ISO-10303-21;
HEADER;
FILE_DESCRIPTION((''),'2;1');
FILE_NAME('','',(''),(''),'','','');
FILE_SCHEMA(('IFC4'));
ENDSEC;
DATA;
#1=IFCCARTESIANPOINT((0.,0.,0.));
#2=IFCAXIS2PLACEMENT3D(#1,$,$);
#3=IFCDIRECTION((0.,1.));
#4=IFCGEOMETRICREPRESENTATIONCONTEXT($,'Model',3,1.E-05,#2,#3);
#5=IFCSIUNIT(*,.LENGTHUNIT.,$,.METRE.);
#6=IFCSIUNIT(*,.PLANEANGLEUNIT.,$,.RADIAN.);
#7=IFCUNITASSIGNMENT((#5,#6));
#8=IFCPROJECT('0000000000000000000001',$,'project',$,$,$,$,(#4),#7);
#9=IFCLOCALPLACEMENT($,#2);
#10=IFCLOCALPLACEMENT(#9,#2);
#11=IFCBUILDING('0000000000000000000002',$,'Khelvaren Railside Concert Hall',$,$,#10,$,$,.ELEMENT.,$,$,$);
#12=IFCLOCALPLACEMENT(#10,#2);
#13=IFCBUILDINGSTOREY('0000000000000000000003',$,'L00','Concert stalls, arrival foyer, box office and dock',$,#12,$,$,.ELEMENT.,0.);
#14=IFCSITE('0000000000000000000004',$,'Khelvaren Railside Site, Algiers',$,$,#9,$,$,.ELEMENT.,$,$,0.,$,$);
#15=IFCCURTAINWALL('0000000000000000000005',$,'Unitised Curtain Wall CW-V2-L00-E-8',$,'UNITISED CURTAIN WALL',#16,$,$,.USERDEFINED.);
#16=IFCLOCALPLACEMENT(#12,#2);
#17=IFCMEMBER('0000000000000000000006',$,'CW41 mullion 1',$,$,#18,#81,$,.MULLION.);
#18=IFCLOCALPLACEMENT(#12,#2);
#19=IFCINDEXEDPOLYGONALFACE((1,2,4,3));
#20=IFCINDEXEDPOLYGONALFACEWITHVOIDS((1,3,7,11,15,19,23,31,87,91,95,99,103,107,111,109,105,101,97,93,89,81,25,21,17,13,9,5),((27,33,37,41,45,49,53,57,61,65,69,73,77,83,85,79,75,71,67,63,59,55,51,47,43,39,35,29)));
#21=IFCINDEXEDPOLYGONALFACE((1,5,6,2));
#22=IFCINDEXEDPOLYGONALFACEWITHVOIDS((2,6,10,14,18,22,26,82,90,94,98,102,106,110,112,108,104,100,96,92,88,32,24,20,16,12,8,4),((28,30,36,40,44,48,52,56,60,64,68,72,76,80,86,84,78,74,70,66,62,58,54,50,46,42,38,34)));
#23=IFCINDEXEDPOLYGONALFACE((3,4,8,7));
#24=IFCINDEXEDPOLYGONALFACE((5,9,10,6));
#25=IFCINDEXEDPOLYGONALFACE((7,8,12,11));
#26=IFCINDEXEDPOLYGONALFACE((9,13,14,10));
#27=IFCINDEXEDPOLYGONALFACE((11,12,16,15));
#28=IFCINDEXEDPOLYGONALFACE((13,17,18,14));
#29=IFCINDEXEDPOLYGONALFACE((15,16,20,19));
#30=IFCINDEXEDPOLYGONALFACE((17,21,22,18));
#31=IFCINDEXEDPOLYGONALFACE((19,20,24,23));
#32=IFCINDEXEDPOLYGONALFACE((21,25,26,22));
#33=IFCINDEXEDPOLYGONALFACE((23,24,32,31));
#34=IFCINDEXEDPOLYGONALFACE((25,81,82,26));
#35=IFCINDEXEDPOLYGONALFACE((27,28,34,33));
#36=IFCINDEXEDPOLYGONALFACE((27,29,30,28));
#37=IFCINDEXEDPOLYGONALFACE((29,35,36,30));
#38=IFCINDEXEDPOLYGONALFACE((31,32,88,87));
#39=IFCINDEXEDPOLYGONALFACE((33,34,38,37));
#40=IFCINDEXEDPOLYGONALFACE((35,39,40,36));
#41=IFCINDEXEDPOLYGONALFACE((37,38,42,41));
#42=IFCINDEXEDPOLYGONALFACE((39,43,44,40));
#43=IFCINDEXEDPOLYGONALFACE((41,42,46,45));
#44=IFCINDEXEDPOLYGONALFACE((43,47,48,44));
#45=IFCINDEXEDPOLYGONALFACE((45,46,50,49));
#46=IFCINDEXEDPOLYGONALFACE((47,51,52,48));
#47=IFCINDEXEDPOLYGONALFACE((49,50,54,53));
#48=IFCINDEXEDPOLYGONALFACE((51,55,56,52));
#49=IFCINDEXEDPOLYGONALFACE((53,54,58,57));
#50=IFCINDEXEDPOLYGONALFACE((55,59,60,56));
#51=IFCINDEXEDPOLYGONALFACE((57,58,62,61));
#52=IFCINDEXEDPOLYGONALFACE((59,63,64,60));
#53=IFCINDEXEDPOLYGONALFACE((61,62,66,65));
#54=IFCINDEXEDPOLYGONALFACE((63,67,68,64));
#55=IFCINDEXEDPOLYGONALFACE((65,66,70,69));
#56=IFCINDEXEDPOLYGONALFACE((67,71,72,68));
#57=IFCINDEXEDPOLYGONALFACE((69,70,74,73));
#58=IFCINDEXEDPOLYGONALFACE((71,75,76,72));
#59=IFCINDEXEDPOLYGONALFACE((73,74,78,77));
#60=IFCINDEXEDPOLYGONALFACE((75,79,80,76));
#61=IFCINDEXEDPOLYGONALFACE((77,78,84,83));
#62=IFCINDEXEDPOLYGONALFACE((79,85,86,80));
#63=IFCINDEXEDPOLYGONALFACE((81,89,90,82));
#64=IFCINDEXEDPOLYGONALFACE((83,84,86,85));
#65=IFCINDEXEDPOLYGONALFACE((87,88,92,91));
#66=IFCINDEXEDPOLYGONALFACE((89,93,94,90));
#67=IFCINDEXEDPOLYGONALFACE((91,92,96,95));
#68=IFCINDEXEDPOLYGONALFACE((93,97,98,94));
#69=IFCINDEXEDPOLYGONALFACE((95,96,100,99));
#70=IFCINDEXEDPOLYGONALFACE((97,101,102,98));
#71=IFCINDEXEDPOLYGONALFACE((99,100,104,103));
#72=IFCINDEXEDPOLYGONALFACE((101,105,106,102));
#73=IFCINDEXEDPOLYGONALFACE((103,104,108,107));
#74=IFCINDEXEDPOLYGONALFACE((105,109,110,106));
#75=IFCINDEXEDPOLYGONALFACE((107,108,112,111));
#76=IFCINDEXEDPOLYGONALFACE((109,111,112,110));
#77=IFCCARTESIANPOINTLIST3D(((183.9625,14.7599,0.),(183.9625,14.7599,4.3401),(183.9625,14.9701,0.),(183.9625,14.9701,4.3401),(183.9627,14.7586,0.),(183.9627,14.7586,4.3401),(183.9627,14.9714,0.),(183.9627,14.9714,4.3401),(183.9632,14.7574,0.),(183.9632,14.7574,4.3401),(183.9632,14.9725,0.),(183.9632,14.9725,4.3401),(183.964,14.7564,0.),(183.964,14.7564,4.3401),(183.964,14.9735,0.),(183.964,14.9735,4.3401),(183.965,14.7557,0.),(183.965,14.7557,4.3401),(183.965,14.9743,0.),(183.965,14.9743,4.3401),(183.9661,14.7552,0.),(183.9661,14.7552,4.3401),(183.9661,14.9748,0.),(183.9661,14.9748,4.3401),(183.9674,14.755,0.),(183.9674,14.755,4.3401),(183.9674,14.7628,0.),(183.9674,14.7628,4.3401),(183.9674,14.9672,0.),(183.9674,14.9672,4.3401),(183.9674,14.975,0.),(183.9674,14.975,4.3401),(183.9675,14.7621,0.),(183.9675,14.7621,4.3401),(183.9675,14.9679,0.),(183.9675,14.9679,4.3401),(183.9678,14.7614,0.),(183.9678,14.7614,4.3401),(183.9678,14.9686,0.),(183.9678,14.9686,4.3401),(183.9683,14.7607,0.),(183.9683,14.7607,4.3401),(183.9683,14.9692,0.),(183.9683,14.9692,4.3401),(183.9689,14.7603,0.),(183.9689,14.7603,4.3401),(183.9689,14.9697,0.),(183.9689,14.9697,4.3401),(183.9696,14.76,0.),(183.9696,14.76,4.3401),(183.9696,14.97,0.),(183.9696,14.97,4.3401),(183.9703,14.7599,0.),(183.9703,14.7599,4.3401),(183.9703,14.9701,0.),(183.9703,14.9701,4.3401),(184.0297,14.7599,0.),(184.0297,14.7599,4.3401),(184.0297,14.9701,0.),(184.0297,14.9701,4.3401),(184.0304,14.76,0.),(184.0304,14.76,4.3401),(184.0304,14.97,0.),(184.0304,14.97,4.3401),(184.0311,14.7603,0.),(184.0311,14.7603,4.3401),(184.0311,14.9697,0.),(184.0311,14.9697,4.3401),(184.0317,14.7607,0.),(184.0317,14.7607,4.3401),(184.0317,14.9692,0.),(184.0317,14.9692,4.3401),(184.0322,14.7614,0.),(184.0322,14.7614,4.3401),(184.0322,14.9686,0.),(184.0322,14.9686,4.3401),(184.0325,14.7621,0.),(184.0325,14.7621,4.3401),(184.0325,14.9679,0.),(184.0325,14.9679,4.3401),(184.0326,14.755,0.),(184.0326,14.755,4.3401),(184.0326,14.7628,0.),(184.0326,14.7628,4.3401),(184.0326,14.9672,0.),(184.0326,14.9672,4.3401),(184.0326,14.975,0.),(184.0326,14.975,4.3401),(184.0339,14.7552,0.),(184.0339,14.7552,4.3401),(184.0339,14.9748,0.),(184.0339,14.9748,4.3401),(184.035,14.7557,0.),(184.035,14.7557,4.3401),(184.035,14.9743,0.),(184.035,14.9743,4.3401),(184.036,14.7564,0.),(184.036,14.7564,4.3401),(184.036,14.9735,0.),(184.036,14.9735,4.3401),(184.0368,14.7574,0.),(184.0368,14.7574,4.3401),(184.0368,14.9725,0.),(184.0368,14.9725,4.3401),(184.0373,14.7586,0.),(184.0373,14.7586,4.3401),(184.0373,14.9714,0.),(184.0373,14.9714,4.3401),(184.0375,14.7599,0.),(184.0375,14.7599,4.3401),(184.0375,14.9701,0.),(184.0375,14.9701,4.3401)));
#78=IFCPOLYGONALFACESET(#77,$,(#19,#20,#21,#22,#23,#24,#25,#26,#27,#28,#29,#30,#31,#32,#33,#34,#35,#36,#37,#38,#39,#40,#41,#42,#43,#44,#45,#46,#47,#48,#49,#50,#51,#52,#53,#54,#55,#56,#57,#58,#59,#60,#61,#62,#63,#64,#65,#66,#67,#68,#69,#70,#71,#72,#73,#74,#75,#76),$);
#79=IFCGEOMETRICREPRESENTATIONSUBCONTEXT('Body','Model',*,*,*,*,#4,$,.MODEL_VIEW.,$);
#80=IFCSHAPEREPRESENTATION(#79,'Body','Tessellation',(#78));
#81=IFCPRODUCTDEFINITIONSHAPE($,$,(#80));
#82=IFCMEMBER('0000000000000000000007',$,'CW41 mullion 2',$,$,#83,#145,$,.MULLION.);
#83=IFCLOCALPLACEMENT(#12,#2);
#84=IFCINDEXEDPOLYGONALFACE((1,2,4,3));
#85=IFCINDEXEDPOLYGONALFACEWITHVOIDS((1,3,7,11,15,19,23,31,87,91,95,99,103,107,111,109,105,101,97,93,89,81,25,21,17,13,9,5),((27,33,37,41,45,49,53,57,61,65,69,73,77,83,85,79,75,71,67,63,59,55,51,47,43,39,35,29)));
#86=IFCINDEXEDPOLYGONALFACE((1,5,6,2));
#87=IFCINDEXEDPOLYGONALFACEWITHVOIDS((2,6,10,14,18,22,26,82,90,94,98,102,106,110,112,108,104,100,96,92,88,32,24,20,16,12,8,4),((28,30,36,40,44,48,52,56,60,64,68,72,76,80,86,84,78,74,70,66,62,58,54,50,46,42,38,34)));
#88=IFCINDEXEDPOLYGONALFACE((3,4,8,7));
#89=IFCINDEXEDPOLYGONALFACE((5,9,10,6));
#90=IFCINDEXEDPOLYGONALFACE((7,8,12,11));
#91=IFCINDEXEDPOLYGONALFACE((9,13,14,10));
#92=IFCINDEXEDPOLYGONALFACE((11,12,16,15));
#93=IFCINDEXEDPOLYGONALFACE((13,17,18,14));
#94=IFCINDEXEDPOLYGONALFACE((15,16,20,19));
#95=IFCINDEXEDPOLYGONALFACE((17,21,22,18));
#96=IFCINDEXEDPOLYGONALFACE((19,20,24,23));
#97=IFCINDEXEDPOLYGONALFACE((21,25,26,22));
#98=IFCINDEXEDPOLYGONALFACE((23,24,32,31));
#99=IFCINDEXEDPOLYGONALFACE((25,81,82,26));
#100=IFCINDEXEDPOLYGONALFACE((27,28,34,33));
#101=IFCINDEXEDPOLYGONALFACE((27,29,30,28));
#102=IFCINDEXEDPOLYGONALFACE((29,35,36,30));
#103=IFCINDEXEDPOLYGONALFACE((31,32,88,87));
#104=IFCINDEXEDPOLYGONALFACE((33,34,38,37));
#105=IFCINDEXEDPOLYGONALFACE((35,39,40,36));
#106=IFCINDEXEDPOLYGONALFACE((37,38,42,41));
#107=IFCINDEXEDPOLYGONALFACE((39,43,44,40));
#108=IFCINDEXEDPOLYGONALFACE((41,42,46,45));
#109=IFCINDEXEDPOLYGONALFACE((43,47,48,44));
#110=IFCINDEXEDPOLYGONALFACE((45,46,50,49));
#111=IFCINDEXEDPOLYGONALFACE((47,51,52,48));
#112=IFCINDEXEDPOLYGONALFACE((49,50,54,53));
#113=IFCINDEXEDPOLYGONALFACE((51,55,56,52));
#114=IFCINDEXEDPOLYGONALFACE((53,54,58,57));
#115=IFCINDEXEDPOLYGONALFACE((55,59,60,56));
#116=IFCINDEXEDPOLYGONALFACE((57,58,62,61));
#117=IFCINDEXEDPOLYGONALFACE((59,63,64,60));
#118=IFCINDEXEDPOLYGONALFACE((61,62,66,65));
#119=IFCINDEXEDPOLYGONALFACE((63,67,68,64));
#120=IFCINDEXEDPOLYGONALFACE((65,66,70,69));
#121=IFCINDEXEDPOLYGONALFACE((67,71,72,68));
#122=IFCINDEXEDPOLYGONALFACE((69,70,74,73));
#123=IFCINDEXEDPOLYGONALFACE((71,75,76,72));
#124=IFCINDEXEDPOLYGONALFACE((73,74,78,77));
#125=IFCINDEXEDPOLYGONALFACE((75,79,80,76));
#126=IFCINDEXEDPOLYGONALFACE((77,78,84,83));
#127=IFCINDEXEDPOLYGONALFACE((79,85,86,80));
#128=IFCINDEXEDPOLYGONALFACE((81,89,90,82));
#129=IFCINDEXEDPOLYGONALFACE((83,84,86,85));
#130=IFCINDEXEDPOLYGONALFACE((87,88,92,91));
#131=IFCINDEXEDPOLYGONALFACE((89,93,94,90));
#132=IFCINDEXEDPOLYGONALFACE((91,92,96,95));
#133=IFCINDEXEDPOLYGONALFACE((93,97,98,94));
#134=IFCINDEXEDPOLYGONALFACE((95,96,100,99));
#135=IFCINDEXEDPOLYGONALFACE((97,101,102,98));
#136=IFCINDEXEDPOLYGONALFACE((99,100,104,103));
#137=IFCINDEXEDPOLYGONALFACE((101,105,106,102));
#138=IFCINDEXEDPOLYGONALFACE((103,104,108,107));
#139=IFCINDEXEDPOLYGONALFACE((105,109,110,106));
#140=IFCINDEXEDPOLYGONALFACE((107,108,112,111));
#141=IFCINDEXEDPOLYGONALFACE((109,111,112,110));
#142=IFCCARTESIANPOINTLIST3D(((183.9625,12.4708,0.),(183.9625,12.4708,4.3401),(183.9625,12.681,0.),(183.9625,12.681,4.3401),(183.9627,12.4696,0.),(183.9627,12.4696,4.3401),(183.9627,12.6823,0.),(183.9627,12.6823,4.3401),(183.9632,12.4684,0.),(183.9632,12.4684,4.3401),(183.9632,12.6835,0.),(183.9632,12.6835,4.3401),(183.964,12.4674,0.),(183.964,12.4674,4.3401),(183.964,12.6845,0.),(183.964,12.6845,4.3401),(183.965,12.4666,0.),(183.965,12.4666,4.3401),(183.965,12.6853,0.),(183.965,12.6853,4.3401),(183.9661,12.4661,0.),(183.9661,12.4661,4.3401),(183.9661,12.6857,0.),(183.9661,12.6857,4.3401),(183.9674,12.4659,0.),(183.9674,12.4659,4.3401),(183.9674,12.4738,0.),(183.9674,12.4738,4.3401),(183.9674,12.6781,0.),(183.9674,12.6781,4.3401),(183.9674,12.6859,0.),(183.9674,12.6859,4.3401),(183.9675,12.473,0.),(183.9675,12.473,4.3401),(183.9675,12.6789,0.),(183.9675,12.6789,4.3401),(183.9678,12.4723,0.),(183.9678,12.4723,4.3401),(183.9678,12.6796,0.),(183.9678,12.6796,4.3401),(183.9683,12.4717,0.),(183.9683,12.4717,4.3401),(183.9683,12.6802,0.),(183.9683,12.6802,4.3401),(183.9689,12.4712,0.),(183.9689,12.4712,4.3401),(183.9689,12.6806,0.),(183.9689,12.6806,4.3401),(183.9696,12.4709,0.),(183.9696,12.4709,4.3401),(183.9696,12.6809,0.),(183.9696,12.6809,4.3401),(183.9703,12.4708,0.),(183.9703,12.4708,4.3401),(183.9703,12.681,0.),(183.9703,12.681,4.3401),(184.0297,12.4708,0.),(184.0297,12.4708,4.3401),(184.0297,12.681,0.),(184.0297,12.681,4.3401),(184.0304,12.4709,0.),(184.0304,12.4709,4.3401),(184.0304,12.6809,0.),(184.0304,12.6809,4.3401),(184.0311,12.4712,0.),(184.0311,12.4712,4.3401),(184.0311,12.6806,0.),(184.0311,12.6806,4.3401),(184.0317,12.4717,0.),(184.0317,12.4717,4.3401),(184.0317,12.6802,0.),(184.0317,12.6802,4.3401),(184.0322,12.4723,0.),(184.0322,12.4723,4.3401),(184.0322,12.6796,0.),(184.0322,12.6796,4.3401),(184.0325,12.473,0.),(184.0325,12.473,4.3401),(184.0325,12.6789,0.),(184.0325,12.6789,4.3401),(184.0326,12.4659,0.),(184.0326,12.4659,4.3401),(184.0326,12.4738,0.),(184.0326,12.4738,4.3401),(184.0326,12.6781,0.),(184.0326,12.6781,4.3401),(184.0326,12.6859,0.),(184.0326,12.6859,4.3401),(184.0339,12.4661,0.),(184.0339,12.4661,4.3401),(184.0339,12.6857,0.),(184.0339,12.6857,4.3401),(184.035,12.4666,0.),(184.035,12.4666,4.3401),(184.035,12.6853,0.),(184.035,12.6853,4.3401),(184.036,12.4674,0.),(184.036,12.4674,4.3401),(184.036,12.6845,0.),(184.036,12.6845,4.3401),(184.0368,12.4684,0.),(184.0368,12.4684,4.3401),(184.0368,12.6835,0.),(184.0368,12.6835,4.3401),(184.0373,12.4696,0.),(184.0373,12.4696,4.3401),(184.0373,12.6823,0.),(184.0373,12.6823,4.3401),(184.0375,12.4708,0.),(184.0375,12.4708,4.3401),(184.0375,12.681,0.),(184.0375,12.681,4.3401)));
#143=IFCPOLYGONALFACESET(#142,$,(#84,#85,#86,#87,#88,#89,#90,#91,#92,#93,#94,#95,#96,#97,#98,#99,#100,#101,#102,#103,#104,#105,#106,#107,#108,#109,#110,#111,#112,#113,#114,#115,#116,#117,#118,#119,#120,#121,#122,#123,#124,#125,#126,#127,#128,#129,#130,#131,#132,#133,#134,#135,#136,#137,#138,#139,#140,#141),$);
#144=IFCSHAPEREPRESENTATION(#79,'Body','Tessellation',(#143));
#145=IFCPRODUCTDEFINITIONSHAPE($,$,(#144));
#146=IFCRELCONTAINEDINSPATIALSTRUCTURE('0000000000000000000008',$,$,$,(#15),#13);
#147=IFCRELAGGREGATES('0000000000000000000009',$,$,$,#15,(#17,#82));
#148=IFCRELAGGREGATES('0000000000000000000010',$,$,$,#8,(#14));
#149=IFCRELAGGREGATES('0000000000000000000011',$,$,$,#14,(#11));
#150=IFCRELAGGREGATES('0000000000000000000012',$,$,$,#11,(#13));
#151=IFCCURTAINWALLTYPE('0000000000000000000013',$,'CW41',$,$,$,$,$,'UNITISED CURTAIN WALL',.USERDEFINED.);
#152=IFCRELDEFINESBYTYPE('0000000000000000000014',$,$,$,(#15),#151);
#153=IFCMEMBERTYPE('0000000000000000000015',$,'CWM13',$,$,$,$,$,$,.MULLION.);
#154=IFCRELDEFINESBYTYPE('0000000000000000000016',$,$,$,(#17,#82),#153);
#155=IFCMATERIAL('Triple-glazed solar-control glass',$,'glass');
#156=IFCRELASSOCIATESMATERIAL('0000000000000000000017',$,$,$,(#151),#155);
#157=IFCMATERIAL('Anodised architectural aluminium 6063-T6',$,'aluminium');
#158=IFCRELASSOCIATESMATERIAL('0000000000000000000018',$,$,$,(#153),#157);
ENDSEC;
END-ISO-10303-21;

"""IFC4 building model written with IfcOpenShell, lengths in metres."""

from ifc_helpers import new_model, si_unit, direction, frame, origin, origin_2d, place, context, subcontext, project, spatial, hollow_rectangle, extrude, material, material_profile, profile_set, type_object, element, aggregate, save


model = new_model("IFC4")

# Units and contexts
model_context = context("Model", 3, precision=1e-05, world=origin(), true_north=direction((0.0, 1.0)))
body_context = subcontext(model_context, "Body", "Model", "MODEL_VIEW")
ifc_project = project(units=[si_unit("LENGTHUNIT", "METRE"), si_unit("PLANEANGLEUNIT", "RADIAN")], contexts=[model_context])

# Site, building, storey
site_placement = place(None, origin())
site = spatial("IfcSite", under=ifc_project, at=site_placement, Name="Khelvaren Railside Site, Algiers", CompositionType="ELEMENT", RefElevation=0.0)
building_placement = place(site_placement, origin())
building = spatial("IfcBuilding", under=site, at=building_placement, Name="Khelvaren Railside Concert Hall", CompositionType="ELEMENT")
storey_placement = place(building_placement, origin())
storey = spatial("IfcBuildingStorey", under=building, at=storey_placement, Name="L00", Description="Concert stalls, arrival foyer, box office and dock", CompositionType="ELEMENT", Elevation=0.0)

# Curtain wall, members
ifc_material_1 = material(Name="Triple-glazed solar-control glass", Category="glass")
curtain_wall_type_1 = type_object("IfcCurtainWallType", Name="CW41", ElementType="UNITISED CURTAIN WALL", PredefinedType="USERDEFINED", material=ifc_material_1)
curtain_wall_1_placement = place(storey_placement, origin())
curtain_wall_1 = element("IfcCurtainWall", 1, at=curtain_wall_1_placement, inside=storey, type_object=curtain_wall_type_1, Name="Unitised Curtain Wall CW-V2-L00-E-8", ObjectType="UNITISED CURTAIN WALL", PredefinedType="USERDEFINED")
ifc_material_2 = material(Name="Anodised architectural aluminium 6063-T6", Category="aluminium")
ifc_material_profile_1 = material_profile(ifc_material_2, hollow_rectangle(XDim=0.075, YDim=0.22, WallThickness=0.0049, InnerFilletRadius=0.0029, OuterFilletRadius=0.0049, at=origin_2d()), Name="CWM 75x220x5")
ifc_profile_set_1 = profile_set([ifc_material_profile_1], Name="Anodised architectural aluminium 6063-T6")
member_type_1 = type_object("IfcMemberType", Name="CWM13", PredefinedType="MULLION", material=ifc_profile_set_1)
member_1_placement = place(storey_placement, frame((184.0, 14.865, 0.0), z_axis=(0.0, 0.0, 1.0), x_axis=(1.0, 0.0, 0.0)))
member_1 = element("IfcMember", 2, at=member_1_placement, type_object=member_type_1, Name="CW41 mullion 1", PredefinedType="MULLION", context=body_context, shape_type="SweptSolid", body=[
    extrude(hollow_rectangle(XDim=0.075, YDim=0.22, WallThickness=0.0049, InnerFilletRadius=0.0029, OuterFilletRadius=0.0049, at=origin_2d()), origin(), (0.0, 0.0, 1.0), 4.3401),
])
member_2_placement = place(storey_placement, frame((184.0, 12.5759, 0.0), z_axis=(0.0, 0.0, 1.0), x_axis=(1.0, 0.0, 0.0)))
member_2 = element("IfcMember", 3, at=member_2_placement, type_object=member_type_1, Name="CW41 mullion 2", PredefinedType="MULLION", context=body_context, shape_type="SweptSolid", body=[
    extrude(hollow_rectangle(XDim=0.075, YDim=0.22, WallThickness=0.0049, InnerFilletRadius=0.0029, OuterFilletRadius=0.0049, at=origin_2d()), origin(), (0.0, 0.0, 1.0), 4.3401),
])

aggregate(curtain_wall_1, [member_1, member_2])

save(model, "model.ifc")
